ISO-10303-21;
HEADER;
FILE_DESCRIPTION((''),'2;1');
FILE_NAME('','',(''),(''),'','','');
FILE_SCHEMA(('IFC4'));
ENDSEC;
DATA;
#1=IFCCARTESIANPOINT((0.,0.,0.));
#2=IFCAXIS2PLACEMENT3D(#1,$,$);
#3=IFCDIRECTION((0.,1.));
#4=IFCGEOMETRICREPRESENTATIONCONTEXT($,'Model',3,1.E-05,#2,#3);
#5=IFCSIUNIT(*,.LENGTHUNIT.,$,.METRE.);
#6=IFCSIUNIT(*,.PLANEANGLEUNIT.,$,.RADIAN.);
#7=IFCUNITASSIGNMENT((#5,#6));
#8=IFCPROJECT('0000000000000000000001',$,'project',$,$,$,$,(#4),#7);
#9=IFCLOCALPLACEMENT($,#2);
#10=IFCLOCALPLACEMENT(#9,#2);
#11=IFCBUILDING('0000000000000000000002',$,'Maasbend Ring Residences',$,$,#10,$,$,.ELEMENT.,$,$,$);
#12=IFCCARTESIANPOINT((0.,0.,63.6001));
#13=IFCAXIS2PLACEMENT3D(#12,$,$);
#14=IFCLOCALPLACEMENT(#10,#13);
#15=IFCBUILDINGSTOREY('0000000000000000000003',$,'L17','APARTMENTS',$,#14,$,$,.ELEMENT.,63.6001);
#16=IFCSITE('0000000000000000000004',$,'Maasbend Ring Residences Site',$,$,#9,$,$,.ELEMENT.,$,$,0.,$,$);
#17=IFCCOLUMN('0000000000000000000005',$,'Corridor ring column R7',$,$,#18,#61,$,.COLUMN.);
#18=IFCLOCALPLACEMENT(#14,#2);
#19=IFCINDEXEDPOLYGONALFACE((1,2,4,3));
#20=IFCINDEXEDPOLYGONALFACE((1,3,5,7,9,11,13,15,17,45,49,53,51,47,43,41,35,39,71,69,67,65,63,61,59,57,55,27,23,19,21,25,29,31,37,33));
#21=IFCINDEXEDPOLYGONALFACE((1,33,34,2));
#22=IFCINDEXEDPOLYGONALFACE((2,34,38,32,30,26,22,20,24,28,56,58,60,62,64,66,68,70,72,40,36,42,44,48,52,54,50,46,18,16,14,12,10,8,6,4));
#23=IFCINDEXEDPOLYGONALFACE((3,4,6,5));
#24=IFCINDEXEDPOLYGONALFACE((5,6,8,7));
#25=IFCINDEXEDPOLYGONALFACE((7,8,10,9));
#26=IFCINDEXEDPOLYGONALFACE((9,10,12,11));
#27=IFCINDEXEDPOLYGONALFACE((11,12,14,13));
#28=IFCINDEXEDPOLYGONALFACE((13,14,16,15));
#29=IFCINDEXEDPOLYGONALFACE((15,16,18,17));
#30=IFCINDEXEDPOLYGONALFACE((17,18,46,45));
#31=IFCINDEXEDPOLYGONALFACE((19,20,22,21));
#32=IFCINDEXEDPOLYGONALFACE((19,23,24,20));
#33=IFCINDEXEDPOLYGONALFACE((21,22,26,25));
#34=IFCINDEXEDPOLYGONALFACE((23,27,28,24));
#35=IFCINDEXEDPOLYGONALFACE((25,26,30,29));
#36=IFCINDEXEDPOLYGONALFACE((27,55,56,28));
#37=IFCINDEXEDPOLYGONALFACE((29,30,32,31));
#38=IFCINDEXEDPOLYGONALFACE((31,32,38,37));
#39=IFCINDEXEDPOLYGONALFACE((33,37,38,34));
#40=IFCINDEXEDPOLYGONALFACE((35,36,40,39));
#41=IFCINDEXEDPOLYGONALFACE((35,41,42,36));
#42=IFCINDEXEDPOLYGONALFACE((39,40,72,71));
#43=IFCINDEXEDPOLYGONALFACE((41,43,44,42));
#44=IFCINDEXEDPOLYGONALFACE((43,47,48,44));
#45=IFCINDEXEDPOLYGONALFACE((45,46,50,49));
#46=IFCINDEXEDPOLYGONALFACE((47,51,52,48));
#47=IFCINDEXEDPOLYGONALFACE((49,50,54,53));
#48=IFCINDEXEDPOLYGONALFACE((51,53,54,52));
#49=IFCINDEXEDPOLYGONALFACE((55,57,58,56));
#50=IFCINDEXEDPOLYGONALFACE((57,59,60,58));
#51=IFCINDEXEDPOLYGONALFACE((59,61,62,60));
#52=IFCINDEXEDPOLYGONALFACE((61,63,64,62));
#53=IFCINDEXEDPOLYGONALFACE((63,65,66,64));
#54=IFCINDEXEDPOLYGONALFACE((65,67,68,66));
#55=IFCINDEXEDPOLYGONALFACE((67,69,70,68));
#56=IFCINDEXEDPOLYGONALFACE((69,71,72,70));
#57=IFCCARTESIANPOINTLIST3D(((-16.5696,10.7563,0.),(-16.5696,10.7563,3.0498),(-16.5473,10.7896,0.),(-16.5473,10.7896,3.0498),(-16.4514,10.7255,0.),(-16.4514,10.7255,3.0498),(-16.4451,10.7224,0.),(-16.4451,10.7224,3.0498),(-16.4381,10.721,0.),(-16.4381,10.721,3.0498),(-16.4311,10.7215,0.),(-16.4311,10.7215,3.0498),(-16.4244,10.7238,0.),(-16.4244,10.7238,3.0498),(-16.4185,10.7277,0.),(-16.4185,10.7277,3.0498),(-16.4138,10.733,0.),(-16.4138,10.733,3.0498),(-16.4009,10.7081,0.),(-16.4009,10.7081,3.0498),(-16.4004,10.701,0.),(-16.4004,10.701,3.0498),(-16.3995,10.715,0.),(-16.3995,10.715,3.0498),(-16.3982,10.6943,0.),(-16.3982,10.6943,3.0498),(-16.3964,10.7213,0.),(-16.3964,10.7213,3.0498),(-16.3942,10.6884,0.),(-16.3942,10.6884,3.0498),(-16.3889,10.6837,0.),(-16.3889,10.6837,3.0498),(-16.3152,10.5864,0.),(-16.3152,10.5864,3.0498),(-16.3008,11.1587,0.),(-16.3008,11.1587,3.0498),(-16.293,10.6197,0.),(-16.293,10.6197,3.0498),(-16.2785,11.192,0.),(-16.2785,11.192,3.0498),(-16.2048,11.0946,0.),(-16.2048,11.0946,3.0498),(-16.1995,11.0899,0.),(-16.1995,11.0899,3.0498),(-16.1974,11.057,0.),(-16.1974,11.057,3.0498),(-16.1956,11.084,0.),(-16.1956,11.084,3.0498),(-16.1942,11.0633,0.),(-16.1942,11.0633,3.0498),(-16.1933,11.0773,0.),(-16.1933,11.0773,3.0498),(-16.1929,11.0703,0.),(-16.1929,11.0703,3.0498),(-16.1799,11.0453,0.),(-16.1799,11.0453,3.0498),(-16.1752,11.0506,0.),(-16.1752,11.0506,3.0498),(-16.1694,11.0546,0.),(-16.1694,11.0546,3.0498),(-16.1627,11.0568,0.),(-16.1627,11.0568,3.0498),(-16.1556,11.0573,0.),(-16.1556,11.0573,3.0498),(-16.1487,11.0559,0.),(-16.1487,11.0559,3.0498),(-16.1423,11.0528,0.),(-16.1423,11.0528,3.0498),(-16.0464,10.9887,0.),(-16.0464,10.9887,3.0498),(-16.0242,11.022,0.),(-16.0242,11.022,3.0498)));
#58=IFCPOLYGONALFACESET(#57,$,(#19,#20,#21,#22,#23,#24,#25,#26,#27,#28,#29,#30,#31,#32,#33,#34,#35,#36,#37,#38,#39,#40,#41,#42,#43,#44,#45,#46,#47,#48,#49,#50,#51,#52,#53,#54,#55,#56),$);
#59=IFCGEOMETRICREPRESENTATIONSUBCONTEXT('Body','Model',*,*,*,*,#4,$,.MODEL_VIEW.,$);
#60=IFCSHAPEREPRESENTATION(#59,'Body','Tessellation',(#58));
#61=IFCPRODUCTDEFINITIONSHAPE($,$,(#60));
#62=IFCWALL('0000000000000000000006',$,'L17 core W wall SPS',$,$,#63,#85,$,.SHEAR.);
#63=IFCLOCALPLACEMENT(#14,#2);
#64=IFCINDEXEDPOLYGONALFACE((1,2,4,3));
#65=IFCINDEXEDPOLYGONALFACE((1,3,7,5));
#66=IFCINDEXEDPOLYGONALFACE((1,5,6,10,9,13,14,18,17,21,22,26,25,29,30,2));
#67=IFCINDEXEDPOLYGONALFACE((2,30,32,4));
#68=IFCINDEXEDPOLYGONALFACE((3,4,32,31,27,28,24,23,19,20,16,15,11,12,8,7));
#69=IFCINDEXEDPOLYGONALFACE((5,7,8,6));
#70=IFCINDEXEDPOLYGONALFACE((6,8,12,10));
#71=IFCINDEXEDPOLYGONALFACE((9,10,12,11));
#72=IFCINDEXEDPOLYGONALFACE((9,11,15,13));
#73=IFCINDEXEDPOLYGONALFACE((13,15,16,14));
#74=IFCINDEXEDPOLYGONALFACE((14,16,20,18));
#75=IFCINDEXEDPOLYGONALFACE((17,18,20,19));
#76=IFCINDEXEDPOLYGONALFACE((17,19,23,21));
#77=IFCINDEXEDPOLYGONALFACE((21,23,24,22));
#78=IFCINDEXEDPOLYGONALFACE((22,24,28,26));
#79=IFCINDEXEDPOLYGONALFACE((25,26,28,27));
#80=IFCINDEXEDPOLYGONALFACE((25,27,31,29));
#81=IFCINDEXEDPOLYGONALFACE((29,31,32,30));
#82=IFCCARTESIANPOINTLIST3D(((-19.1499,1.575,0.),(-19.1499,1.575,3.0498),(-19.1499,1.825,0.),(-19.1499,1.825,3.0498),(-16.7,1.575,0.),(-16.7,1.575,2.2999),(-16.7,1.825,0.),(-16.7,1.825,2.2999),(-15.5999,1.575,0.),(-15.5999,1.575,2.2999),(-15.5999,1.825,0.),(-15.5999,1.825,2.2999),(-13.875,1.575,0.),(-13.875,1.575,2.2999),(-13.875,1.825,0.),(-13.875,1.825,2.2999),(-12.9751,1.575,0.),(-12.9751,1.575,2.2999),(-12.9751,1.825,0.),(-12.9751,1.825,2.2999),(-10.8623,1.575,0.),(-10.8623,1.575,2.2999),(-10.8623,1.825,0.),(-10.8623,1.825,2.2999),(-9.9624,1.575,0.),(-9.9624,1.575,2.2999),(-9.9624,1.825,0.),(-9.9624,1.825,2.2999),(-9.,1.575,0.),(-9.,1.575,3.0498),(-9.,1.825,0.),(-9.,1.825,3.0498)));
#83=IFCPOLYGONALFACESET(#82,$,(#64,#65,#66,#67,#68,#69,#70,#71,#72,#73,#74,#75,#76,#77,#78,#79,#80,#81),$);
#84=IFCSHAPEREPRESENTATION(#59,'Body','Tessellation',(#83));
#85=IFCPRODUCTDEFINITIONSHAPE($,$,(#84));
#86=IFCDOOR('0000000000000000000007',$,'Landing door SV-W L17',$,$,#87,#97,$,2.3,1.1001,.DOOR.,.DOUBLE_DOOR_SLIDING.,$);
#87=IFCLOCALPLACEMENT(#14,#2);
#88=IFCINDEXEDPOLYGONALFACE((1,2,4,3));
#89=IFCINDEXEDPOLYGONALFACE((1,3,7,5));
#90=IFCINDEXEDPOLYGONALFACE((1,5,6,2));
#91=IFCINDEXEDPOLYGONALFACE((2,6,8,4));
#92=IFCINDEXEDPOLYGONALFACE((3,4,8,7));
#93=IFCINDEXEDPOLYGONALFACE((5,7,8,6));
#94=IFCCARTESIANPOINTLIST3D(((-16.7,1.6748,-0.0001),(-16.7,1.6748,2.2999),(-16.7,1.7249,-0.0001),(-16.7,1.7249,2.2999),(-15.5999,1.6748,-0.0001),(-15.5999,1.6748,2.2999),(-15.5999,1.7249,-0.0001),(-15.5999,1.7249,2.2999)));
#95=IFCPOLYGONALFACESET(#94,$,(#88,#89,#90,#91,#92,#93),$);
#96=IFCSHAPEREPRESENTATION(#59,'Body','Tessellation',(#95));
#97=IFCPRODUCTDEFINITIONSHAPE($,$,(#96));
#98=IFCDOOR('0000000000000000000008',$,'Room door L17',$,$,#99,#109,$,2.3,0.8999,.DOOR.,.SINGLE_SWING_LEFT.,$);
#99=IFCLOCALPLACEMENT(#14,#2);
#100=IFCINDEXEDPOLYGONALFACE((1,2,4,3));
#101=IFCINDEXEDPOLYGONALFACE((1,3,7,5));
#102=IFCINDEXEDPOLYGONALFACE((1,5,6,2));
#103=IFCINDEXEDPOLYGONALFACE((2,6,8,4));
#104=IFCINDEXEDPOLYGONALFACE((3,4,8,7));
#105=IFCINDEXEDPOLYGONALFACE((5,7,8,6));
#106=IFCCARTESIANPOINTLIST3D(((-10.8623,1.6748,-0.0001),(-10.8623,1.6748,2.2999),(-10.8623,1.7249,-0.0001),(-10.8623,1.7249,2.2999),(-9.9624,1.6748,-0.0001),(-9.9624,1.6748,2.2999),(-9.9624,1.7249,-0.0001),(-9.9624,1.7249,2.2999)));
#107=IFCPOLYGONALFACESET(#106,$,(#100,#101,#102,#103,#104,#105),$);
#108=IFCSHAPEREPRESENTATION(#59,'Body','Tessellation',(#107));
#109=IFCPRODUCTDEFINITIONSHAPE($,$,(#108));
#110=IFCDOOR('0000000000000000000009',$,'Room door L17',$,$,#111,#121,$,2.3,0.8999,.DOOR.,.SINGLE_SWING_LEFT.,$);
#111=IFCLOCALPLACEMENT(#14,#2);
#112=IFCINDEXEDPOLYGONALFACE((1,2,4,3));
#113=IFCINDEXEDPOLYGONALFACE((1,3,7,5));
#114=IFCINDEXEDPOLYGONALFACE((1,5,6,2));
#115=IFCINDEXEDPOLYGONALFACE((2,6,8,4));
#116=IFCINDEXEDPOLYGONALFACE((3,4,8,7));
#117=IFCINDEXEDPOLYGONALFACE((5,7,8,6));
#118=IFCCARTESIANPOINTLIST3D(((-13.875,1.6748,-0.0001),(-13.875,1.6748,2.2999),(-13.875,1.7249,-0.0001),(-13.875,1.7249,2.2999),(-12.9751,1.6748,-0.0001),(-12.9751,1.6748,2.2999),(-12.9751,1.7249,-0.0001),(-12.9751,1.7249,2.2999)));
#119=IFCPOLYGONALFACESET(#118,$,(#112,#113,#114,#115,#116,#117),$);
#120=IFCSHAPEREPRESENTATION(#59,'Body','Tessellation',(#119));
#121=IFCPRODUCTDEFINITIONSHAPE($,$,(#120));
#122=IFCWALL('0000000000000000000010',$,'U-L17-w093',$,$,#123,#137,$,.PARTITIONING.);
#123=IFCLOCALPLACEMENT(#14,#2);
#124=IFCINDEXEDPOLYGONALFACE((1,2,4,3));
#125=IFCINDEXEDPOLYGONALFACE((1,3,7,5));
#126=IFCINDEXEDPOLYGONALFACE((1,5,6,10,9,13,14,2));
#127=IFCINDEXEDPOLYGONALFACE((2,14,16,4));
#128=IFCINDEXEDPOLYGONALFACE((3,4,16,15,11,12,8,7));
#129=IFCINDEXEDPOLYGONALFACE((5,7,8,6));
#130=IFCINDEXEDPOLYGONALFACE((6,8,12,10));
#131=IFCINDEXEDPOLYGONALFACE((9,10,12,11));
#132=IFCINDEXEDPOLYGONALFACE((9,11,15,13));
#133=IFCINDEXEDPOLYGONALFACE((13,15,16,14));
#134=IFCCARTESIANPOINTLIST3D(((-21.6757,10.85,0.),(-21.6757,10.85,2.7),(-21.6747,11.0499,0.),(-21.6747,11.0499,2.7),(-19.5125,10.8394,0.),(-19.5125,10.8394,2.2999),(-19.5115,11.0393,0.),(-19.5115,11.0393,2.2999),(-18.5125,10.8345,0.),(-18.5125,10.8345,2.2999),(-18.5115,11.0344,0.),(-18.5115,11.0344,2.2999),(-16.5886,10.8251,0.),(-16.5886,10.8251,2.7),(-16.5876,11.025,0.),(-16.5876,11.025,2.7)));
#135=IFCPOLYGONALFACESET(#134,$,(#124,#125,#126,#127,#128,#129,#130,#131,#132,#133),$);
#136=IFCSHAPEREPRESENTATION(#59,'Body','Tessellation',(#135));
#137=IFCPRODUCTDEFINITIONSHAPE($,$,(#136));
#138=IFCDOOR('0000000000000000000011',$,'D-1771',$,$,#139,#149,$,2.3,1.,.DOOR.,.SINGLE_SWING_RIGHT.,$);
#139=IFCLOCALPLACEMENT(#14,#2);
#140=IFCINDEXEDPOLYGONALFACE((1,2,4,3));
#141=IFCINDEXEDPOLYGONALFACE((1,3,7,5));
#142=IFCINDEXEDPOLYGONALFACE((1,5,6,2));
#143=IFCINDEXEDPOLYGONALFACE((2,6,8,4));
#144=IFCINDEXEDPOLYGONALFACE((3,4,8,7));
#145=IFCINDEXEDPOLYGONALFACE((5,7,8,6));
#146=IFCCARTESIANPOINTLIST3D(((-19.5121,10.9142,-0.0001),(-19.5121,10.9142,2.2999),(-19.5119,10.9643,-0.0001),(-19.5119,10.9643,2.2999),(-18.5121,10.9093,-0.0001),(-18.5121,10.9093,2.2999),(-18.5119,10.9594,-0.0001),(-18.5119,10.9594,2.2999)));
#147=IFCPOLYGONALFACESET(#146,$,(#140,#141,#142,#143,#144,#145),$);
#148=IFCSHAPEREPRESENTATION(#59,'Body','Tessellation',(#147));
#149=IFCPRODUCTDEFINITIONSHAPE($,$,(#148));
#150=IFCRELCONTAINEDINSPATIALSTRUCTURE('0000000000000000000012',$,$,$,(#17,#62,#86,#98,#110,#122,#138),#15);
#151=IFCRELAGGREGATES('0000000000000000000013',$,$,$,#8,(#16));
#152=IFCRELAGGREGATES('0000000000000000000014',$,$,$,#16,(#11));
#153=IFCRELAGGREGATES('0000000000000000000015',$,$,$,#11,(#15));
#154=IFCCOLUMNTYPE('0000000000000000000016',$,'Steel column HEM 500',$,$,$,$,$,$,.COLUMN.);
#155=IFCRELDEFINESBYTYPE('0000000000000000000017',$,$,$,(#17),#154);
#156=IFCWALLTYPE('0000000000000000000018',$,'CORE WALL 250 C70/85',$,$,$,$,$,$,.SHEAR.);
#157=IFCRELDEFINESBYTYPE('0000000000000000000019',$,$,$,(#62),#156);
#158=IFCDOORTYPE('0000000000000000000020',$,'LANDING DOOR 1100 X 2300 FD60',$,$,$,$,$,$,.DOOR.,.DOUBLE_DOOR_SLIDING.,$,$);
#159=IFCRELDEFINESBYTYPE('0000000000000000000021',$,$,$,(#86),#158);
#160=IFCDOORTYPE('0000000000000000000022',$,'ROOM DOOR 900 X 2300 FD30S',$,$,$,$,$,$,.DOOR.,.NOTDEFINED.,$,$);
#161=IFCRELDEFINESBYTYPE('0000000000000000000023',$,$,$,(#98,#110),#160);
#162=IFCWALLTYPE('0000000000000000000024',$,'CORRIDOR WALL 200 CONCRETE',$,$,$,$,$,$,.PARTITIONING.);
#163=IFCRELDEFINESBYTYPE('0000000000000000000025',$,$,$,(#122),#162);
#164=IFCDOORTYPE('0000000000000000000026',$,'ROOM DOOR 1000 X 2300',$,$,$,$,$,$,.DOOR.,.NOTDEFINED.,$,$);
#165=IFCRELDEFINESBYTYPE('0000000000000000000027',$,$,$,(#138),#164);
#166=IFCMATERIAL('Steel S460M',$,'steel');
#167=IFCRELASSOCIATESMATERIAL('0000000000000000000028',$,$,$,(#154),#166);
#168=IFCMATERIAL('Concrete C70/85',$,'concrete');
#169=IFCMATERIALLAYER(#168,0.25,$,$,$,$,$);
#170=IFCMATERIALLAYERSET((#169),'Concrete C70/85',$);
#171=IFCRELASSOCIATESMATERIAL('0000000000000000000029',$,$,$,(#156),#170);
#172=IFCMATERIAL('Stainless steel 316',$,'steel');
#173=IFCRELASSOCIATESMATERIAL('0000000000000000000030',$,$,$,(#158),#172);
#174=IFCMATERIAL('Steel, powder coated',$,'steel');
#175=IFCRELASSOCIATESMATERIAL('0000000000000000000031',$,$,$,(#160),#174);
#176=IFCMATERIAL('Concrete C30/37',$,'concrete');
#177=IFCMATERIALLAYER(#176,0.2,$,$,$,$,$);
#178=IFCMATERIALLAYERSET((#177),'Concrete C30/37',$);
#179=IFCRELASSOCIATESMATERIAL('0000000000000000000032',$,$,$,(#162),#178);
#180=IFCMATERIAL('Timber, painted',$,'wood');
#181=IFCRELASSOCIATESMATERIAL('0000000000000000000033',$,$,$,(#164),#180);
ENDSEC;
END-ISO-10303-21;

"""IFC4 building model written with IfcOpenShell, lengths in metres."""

from ifc_helpers import new_model, si_unit, direction, frame, frame_2d, origin, origin_2d, place, context, subcontext, project, spatial, rectangle, i_section, extrude, material, layer, layer_set, material_profile, profile_set, type_object, element, fill, save


model = new_model("IFC4")

# Units and contexts
model_context = context("Model", 3, precision=1e-05, world=origin(), true_north=direction((0.0, 1.0)))
body_context = subcontext(model_context, "Body", "Model", "MODEL_VIEW")
ifc_project = project(units=[si_unit("LENGTHUNIT", "METRE"), si_unit("PLANEANGLEUNIT", "RADIAN")], contexts=[model_context])

# Site, building, storey
site_placement = place(None, origin())
site = spatial("IfcSite", under=ifc_project, at=site_placement, Name="Maasbend Ring Residences Site", CompositionType="ELEMENT", RefElevation=0.0)
building_placement = place(site_placement, origin())
building = spatial("IfcBuilding", under=site, at=building_placement, Name="Maasbend Ring Residences", CompositionType="ELEMENT")
storey_placement = place(building_placement, frame((0.0, 0.0, 63.6001)))
storey = spatial("IfcBuildingStorey", under=building, at=storey_placement, Name="L17", Description="APARTMENTS", CompositionType="ELEMENT", Elevation=63.6001)

# Column
ifc_material_1 = material(Name="Steel S460M", Category="steel")
ifc_material_profile = material_profile(ifc_material_1, i_section(OverallWidth=0.3059, OverallDepth=0.5239, WebThickness=0.021, FlangeThickness=0.04, FilletRadius=0.0271, at=origin_2d()), Name="HEM 500")
ifc_profile_set = profile_set([ifc_material_profile], Name="Steel S460M")
column_type = type_object("IfcColumnType", Name="Steel column HEM 500", PredefinedType="COLUMN", material=ifc_profile_set)
column_placement = place(storey_placement, frame((-16.2969, 10.8892, 0.0), z_axis=(0.0, 0.0, 1.0), x_axis=(-0.83147, 0.55557, 0.0)))
element("IfcColumn", 1, at=column_placement, inside=storey, type_object=column_type, Name="Corridor ring column R7", PredefinedType="COLUMN", context=body_context, shape_type="SweptSolid", body=[
    extrude(i_section(OverallWidth=0.3059, OverallDepth=0.5239, WebThickness=0.021, FlangeThickness=0.04, FilletRadius=0.0271, at=origin_2d()), origin(), (0.0, 0.0, 1.0), 3.0498),
])

# Wall, openings, doors
ifc_material_2 = material(Name="Concrete C70/85", Category="concrete")
ifc_layer_1 = layer(ifc_material_2, 0.25)
ifc_layer_set_1 = layer_set([ifc_layer_1], Name="Concrete C70/85")
wall_type_1 = type_object("IfcWallType", Name="CORE WALL 250 C70/85", PredefinedType="SHEAR", material=ifc_layer_set_1)
wall_1_placement = place(storey_placement, frame((-19.1499, 1.7, 0.0), z_axis=(0.0, 0.0, 1.0), x_axis=(1.0, 0.0, 0.0)))
wall_1 = element("IfcWall", 2, at=wall_1_placement, inside=storey, type_object=wall_type_1, Name="L17 core W wall SPS", PredefinedType="SHEAR", context=body_context, shape_type="SweptSolid", body=[
    extrude(rectangle(XDim=10.1499, YDim=0.25, at=frame_2d((5.075, 0.0))), origin(), (0.0, 0.0, 1.0), 3.0498),
])
opening_1_placement = place(wall_1_placement, frame((2.45, 0.0, 0.0)))
opening_1 = element("IfcOpeningElement", 3, at=opening_1_placement, cuts=wall_1, PredefinedType="OPENING", context=body_context, shape_type="SweptSolid", body=[
    extrude(rectangle(XDim=1.1001, YDim=2.3, at=frame_2d((0.55, 1.1499))), frame((0.0, 0.135, 0.0), z_axis=(0.0, -1.0, 0.0), x_axis=(1.0, 0.0, 0.0)), (0.0, 0.0, 1.0), 0.27),
])
opening_2_placement = place(wall_1_placement, frame((8.2876, 0.0, 0.0)))
opening_2 = element("IfcOpeningElement", 4, at=opening_2_placement, cuts=wall_1, PredefinedType="OPENING", context=body_context, shape_type="SweptSolid", body=[
    extrude(rectangle(XDim=0.8999, YDim=2.3, at=frame_2d((0.45, 1.1499))), frame((0.0, 0.135, 0.0), z_axis=(0.0, -1.0, 0.0), x_axis=(1.0, 0.0, 0.0)), (0.0, 0.0, 1.0), 0.27),
])
opening_3_placement = place(wall_1_placement, frame((5.2749, 0.0, 0.0)))
opening_3 = element("IfcOpeningElement", 5, at=opening_3_placement, cuts=wall_1, PredefinedType="OPENING", context=body_context, shape_type="SweptSolid", body=[
    extrude(rectangle(XDim=0.8999, YDim=2.3, at=frame_2d((0.45, 1.1499))), frame((0.0, 0.135, 0.0), z_axis=(0.0, -1.0, 0.0), x_axis=(1.0, 0.0, 0.0)), (0.0, 0.0, 1.0), 0.27),
])
ifc_material_3 = material(Name="Stainless steel 316", Category="steel")
door_type_1 = type_object("IfcDoorType", Name="LANDING DOOR 1100 X 2300 FD60", OperationType="DOUBLE_DOOR_SLIDING", PredefinedType="DOOR", material=ifc_material_3)
door_1_placement = place(opening_1_placement, origin())
door_1 = element("IfcDoor", 6, at=door_1_placement, inside=storey, type_object=door_type_1, Name="Landing door SV-W L17", OperationType="DOUBLE_DOOR_SLIDING", OverallHeight=2.3, OverallWidth=1.1001, PredefinedType="DOOR", context=body_context, shape_type="SweptSolid", body=[
    extrude(rectangle(XDim=1.1001, YDim=2.3, at=frame_2d((0.55, 1.1499))), frame((0.0, 0.0249, 0.0), z_axis=(0.0, -1.0, 0.0), x_axis=(1.0, 0.0, 0.0)), (0.0, 0.0, 1.0), 0.05),
])
fill(opening_1, door_1)
ifc_material_4 = material(Name="Steel, powder coated", Category="steel")
door_type_2 = type_object("IfcDoorType", Name="ROOM DOOR 900 X 2300 FD30S", OperationType="NOTDEFINED", PredefinedType="DOOR", material=ifc_material_4)
door_2_placement = place(opening_2_placement, origin())
door_2 = element("IfcDoor", 7, at=door_2_placement, inside=storey, type_object=door_type_2, Name="Room door L17", OperationType="SINGLE_SWING_LEFT", OverallHeight=2.3, OverallWidth=0.8999, PredefinedType="DOOR", context=body_context, shape_type="SweptSolid", body=[
    extrude(rectangle(XDim=0.8999, YDim=2.3, at=frame_2d((0.45, 1.1499))), frame((0.0, 0.0249, 0.0), z_axis=(0.0, -1.0, 0.0), x_axis=(1.0, 0.0, 0.0)), (0.0, 0.0, 1.0), 0.05),
])
fill(opening_2, door_2)
door_3_placement = place(opening_3_placement, origin())
door_3 = element("IfcDoor", 8, at=door_3_placement, inside=storey, type_object=door_type_2, Name="Room door L17", OperationType="SINGLE_SWING_LEFT", OverallHeight=2.3, OverallWidth=0.8999, PredefinedType="DOOR", context=body_context, shape_type="SweptSolid", body=[
    extrude(rectangle(XDim=0.8999, YDim=2.3, at=frame_2d((0.45, 1.1499))), frame((0.0, 0.0249, 0.0), z_axis=(0.0, -1.0, 0.0), x_axis=(1.0, 0.0, 0.0)), (0.0, 0.0, 1.0), 0.05),
])
fill(opening_3, door_3)

# Wall, opening, door
ifc_material_5 = material(Name="Concrete C30/37", Category="concrete")
ifc_layer_2 = layer(ifc_material_5, 0.2)
ifc_layer_set_2 = layer_set([ifc_layer_2], Name="Concrete C30/37")
wall_type_2 = type_object("IfcWallType", Name="CORRIDOR WALL 200 CONCRETE", PredefinedType="PARTITIONING", material=ifc_layer_set_2)
wall_2_placement = place(storey_placement, frame((-21.675, 10.95, 0.0), z_axis=(0.0, 0.0, 1.0), x_axis=(0.999988, -0.004895, 0.0)))
wall_2 = element("IfcWall", 9, at=wall_2_placement, inside=storey, type_object=wall_type_2, Name="U-L17-w093", PredefinedType="PARTITIONING", context=body_context, shape_type="SweptSolid", body=[
    extrude(rectangle(XDim=5.0872, YDim=0.2, at=frame_2d((2.5435, 0.0))), origin(), (0.0, 0.0, 1.0), 2.7),
])
opening_4_placement = place(wall_2_placement, frame((2.1631, 0.0, 0.0)))
opening_4 = element("IfcOpeningElement", 10, at=opening_4_placement, cuts=wall_2, PredefinedType="OPENING", context=body_context, shape_type="SweptSolid", body=[
    extrude(rectangle(XDim=1.0, YDim=2.3, at=frame_2d((0.5, 1.1499))), frame((0.0, 0.1099, 0.0), z_axis=(0.0, -1.0, 0.0), x_axis=(1.0, 0.0, 0.0)), (0.0, 0.0, 1.0), 0.22),
])
ifc_material_6 = material(Name="Timber, painted", Category="wood")
door_type_3 = type_object("IfcDoorType", Name="ROOM DOOR 1000 X 2300", OperationType="NOTDEFINED", PredefinedType="DOOR", material=ifc_material_6)
door_4_placement = place(opening_4_placement, origin())
door_4 = element("IfcDoor", 11, at=door_4_placement, inside=storey, type_object=door_type_3, Name="D-1771", OperationType="SINGLE_SWING_RIGHT", OverallHeight=2.3, OverallWidth=1.0, PredefinedType="DOOR", context=body_context, shape_type="SweptSolid", body=[
    extrude(rectangle(XDim=1.0, YDim=2.3, at=frame_2d((0.5, 1.1499))), frame((0.0, 0.0249, 0.0), z_axis=(0.0, -1.0, 0.0), x_axis=(1.0, 0.0, 0.0)), (0.0, 0.0, 1.0), 0.05),
])
fill(opening_4, door_4)

save(model, "model.ifc")
